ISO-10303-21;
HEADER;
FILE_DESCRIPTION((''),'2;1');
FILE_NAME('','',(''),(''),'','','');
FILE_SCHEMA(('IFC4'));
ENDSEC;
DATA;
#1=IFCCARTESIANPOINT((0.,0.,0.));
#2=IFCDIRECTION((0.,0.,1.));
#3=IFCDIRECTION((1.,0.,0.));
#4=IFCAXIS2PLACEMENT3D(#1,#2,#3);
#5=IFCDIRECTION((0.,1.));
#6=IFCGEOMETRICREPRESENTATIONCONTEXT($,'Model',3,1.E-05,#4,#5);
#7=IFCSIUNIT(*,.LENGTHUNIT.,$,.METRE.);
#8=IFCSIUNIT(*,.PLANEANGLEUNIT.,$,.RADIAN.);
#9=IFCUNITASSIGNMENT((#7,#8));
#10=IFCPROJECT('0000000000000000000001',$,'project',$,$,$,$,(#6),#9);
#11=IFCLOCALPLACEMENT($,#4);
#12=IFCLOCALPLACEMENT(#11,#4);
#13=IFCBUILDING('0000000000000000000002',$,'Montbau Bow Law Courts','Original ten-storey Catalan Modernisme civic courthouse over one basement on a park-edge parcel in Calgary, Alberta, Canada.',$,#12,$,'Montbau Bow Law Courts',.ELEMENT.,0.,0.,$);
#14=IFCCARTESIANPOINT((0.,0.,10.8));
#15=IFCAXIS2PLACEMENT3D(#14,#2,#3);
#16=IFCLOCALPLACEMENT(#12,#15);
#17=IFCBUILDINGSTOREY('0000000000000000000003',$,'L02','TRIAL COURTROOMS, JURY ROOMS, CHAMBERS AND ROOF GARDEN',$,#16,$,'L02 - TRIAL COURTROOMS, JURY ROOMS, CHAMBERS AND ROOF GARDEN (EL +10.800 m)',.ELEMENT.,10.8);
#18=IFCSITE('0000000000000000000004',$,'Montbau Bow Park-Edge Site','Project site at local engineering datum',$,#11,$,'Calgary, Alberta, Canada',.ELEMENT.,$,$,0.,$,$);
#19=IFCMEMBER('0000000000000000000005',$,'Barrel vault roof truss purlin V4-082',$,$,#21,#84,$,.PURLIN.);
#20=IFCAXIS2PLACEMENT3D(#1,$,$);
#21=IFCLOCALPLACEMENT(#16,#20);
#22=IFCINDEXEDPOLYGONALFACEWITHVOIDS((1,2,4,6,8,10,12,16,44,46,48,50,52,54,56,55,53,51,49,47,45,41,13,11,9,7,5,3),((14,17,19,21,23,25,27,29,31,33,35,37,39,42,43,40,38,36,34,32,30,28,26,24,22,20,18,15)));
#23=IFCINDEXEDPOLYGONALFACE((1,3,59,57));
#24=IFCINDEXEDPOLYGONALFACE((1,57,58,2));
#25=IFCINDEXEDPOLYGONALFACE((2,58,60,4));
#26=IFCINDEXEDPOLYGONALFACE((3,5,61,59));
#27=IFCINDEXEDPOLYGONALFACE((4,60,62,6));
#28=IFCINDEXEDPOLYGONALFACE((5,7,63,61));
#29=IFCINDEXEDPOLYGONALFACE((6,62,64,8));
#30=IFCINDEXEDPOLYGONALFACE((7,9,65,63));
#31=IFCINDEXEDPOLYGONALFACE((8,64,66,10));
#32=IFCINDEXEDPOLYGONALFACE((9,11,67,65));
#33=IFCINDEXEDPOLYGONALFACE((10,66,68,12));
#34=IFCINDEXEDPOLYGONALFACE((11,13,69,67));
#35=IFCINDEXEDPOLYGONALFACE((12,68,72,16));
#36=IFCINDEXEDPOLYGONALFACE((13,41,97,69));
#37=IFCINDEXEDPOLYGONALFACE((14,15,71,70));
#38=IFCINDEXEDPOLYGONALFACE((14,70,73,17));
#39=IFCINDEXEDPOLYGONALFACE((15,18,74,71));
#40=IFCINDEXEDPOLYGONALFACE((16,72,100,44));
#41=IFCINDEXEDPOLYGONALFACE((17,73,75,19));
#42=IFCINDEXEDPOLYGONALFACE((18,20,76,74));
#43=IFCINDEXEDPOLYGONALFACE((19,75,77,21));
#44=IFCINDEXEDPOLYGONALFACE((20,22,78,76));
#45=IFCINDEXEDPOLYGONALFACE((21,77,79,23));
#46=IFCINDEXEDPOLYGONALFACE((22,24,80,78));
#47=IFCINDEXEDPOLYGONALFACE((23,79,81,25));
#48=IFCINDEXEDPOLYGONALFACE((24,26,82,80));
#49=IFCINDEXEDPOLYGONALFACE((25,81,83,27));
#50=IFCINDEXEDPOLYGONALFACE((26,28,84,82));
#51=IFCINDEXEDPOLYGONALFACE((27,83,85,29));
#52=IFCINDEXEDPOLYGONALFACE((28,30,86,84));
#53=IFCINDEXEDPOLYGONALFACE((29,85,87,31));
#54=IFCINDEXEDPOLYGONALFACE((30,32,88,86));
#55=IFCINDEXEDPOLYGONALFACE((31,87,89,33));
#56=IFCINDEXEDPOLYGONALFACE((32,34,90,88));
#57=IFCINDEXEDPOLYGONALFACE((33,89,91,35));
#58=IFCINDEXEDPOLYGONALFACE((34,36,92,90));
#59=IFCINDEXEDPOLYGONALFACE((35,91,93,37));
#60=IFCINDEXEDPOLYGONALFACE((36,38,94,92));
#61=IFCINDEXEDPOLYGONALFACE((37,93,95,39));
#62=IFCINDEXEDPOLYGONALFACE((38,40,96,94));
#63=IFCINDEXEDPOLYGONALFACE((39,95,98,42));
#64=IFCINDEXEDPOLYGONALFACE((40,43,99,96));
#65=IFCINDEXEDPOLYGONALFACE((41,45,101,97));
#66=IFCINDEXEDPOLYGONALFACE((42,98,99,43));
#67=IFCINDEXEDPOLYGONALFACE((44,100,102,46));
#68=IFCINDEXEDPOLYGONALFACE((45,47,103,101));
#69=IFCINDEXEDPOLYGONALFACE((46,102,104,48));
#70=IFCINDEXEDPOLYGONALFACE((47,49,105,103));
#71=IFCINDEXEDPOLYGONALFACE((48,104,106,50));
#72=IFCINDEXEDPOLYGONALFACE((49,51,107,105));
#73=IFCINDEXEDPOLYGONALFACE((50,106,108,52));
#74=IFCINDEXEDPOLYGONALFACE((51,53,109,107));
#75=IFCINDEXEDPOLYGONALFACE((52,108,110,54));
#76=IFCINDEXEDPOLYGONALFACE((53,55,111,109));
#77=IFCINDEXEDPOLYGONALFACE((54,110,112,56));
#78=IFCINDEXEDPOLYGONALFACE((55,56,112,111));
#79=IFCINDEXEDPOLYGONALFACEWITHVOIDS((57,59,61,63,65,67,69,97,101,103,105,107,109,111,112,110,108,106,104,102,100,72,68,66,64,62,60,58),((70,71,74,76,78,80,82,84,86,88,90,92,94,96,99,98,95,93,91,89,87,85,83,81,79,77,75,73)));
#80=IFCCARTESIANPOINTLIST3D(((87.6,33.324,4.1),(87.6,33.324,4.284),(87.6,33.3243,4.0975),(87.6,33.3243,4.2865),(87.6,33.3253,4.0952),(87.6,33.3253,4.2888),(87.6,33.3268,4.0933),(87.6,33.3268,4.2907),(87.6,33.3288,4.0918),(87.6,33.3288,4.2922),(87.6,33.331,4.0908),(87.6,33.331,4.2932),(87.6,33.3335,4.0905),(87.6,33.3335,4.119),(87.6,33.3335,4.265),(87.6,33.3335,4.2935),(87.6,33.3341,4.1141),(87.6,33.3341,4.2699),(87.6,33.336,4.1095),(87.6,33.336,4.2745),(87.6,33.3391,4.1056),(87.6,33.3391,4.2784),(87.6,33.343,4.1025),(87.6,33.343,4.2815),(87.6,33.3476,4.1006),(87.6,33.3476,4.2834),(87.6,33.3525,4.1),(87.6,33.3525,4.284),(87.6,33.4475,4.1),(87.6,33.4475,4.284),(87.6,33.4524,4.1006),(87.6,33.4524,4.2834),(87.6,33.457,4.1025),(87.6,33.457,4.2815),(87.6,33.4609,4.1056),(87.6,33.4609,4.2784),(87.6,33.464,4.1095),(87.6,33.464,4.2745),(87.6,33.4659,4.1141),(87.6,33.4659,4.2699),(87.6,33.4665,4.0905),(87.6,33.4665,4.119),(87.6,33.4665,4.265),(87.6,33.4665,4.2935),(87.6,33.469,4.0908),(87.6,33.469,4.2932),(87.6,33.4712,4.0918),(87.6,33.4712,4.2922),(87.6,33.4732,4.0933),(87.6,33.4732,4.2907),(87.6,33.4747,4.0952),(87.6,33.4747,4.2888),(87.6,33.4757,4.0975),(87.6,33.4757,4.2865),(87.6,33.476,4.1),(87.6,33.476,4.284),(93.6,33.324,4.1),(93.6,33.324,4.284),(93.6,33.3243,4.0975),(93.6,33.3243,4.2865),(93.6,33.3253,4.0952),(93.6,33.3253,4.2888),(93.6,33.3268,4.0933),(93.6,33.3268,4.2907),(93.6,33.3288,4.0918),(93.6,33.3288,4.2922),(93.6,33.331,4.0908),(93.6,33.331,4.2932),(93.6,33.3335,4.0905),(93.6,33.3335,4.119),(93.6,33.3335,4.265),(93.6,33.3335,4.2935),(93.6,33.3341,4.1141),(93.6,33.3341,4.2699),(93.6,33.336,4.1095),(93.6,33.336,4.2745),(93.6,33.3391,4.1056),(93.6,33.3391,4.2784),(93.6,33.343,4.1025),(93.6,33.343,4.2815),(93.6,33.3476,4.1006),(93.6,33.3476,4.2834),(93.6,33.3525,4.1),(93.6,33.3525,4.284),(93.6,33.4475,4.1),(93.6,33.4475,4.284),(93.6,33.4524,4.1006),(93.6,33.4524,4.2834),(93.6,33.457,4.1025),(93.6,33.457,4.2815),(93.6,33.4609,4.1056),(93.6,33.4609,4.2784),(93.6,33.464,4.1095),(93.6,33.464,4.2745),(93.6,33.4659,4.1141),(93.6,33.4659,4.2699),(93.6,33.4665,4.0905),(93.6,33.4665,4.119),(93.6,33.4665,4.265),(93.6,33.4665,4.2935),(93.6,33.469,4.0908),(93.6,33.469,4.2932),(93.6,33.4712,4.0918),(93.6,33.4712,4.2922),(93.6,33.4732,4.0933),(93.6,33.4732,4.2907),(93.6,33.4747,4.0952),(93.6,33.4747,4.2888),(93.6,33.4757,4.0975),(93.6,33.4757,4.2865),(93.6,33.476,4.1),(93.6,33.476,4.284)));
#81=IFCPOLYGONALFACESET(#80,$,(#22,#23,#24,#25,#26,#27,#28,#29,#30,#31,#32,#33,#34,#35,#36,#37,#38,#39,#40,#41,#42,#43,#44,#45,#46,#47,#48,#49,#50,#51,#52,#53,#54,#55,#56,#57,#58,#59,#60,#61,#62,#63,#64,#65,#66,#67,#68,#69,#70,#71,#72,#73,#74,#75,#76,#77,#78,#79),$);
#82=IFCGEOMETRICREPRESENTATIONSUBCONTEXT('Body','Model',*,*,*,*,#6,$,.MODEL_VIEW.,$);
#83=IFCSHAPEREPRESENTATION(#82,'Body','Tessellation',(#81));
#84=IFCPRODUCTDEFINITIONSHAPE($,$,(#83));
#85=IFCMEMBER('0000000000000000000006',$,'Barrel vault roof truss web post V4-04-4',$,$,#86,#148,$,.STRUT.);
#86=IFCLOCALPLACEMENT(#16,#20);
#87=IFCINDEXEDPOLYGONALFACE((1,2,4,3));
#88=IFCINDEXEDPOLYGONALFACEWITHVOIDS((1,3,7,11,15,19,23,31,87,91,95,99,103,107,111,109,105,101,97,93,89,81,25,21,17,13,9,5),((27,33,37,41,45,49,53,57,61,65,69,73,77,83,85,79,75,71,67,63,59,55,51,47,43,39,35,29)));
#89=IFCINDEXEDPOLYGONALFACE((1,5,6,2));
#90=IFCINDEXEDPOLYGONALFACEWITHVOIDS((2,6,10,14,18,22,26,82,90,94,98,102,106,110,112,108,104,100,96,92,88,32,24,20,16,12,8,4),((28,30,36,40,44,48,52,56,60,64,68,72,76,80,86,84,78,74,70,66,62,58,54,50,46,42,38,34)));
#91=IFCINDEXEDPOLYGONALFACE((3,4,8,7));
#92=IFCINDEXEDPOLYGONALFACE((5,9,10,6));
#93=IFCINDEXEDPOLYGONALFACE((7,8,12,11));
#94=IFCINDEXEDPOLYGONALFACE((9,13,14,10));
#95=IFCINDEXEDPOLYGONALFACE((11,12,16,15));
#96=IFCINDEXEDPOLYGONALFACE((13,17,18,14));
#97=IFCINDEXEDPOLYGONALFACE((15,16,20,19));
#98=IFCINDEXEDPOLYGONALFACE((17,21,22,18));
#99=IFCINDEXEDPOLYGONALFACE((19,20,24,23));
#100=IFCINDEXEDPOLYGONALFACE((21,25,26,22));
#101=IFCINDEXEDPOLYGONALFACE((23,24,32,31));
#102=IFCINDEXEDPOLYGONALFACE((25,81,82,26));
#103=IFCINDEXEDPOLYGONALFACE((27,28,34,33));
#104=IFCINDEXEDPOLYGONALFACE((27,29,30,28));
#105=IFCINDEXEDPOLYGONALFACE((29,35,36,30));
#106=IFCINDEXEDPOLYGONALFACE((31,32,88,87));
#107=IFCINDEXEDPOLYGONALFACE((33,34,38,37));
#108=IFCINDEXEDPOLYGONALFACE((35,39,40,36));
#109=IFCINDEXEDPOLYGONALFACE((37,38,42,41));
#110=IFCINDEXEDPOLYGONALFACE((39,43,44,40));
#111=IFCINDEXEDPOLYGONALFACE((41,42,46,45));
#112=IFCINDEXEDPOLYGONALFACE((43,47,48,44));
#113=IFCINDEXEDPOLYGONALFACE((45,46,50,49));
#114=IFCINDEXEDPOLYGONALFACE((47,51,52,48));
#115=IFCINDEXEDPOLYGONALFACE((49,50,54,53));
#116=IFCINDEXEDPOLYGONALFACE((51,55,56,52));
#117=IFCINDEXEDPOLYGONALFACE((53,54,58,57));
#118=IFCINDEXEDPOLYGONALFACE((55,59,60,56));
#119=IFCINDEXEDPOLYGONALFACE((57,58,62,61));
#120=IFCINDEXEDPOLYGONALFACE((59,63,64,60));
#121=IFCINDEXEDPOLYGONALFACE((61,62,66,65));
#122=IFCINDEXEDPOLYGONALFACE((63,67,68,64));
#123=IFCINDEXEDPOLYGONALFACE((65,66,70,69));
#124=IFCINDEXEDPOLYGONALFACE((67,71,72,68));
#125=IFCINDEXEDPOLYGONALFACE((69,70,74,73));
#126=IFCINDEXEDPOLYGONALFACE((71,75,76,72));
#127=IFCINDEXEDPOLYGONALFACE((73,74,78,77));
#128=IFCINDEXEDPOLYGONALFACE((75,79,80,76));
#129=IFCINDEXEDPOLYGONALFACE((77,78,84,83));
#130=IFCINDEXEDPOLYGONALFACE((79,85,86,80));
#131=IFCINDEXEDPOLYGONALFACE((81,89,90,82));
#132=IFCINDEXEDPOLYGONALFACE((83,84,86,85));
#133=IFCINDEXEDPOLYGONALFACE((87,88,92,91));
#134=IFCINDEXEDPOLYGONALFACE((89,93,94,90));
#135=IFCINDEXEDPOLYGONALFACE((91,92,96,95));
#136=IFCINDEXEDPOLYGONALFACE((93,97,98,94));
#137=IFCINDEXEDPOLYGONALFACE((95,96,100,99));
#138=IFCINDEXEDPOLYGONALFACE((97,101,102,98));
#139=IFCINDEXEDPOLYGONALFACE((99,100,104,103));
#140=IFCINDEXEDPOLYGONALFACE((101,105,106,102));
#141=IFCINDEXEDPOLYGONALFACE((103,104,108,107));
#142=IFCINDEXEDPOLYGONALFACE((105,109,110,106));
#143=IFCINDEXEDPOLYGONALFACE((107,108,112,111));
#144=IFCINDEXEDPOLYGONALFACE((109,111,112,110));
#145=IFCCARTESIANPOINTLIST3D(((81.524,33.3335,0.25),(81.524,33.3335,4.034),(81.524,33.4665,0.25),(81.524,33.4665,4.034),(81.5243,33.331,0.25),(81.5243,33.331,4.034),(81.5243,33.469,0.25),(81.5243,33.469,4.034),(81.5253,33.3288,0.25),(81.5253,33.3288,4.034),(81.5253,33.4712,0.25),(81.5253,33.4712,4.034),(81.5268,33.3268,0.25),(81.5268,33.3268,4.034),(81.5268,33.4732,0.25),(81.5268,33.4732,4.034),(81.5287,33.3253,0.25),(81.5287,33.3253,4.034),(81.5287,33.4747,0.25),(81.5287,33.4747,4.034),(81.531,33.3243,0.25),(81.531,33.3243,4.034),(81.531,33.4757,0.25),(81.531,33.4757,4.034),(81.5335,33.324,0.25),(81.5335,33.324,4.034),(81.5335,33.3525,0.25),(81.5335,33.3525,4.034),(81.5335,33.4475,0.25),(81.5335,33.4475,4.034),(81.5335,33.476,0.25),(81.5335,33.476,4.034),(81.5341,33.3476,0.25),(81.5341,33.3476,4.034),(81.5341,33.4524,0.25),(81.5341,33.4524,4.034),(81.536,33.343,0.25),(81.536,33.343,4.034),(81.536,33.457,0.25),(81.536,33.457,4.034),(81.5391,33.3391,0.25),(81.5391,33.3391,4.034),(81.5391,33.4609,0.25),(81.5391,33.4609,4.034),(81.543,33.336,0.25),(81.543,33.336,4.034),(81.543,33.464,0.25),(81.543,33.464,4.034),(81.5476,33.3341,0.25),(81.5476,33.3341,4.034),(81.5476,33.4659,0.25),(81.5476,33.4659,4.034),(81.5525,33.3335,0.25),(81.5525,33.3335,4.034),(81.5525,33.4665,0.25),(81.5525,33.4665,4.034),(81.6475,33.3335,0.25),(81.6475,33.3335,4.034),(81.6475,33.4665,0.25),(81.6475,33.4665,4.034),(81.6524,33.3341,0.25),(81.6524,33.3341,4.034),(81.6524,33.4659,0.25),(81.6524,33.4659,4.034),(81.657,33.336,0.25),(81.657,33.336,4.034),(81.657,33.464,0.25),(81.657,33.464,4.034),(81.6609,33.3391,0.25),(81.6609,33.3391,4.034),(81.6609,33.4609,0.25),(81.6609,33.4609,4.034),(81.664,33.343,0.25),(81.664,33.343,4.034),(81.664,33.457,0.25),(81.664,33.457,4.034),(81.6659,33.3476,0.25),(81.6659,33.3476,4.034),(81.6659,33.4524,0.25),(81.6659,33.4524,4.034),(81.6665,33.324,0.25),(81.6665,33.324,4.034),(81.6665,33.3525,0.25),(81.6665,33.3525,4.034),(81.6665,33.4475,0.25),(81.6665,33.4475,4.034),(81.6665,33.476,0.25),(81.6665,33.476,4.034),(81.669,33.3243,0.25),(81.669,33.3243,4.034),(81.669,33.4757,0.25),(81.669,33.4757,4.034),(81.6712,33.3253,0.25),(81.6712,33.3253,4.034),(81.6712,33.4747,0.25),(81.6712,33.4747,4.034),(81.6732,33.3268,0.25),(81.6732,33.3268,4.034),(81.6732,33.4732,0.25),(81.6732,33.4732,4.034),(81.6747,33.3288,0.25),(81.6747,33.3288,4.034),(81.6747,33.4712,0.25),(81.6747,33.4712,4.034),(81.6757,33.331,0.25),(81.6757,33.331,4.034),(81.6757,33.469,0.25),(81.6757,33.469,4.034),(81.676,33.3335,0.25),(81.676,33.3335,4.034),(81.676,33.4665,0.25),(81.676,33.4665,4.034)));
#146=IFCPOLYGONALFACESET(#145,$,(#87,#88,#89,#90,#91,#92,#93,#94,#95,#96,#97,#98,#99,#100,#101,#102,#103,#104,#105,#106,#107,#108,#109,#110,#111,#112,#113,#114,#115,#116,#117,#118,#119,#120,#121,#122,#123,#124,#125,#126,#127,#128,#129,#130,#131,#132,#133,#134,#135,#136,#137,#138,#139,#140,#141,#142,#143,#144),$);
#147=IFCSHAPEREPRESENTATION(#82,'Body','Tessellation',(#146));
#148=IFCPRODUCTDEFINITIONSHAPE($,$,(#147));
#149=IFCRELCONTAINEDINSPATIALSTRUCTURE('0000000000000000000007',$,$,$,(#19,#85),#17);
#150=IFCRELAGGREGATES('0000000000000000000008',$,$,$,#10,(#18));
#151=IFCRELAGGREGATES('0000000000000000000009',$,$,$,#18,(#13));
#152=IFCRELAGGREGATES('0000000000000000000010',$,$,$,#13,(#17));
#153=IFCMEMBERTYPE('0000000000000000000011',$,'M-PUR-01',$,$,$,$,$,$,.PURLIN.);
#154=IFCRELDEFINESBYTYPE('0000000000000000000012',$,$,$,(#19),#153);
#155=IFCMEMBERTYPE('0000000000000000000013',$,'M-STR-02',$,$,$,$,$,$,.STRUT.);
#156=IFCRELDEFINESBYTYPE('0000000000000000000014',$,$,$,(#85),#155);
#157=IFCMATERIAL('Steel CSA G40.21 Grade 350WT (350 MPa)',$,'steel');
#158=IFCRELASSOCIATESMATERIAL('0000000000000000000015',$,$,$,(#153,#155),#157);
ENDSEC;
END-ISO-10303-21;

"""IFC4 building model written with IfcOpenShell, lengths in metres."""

from ifc_helpers import new_model, si_unit, direction, frame, origin_with_axes, origin_2d_with_axis, place, context, subcontext, project, spatial, hollow_rectangle, extrude, material, material_profile, profile_set, type_object, element, save


model = new_model("IFC4")

# Units and contexts
model_context = context("Model", 3, precision=1e-05, world=origin_with_axes(), true_north=direction((0.0, 1.0)))
body_context = subcontext(model_context, "Body", "Model", "MODEL_VIEW")
ifc_project = project(units=[si_unit("LENGTHUNIT", "METRE"), si_unit("PLANEANGLEUNIT", "RADIAN")], contexts=[model_context])

# Site, building, storey
site_placement = place(None, origin_with_axes())
site = spatial("IfcSite", under=ifc_project, at=site_placement, Name="Montbau Bow Park-Edge Site", Description="Project site at local engineering datum", LongName="Calgary, Alberta, Canada", CompositionType="ELEMENT", RefElevation=0.0)
building_placement = place(site_placement, origin_with_axes())
building = spatial("IfcBuilding", under=site, at=building_placement, Name="Montbau Bow Law Courts", Description="Original ten-storey Catalan Modernisme civic courthouse over one basement on a park-edge parcel in Calgary, Alberta, Canada.", LongName="Montbau Bow Law Courts", CompositionType="ELEMENT", ElevationOfRefHeight=0.0, ElevationOfTerrain=0.0)
storey_placement = place(building_placement, frame((0.0, 0.0, 10.8), z_axis=(0.0, 0.0, 1.0), x_axis=(1.0, 0.0, 0.0)))
storey = spatial("IfcBuildingStorey", under=building, at=storey_placement, Name="L02", Description="TRIAL COURTROOMS, JURY ROOMS, CHAMBERS AND ROOF GARDEN", LongName="L02 - TRIAL COURTROOMS, JURY ROOMS, CHAMBERS AND ROOF GARDEN (EL +10.800 m)", CompositionType="ELEMENT", Elevation=10.8)

# Shared definitions
ifc_material_1 = material(Name="Steel CSA G40.21 Grade 350WT (350 MPa)", Category="steel")

# Members
ifc_material_profile_1 = material_profile(ifc_material_1, hollow_rectangle(XDim=0.152, YDim=0.203, WallThickness=0.0095, InnerFilletRadius=0.019, OuterFilletRadius=0.0095, at=origin_2d_with_axis()), Name="HSS203X152X9.5", Category="Main", Priority=0)
ifc_profile_set_1 = profile_set([ifc_material_profile_1], Name="Steel CSA G40.21 Grade 350WT (350 MPa)")
member_type_1 = type_object("IfcMemberType", Name="M-PUR-01", PredefinedType="PURLIN", material=ifc_profile_set_1)
for number, where, z_axis, x_axis, name in (
    (1, (87.6, 33.4, 14.992), (1.0, 0.0, 0.0), (0.0, 1.0, 0.0), "Barrel vault roof truss purlin V4-082"),
):
    element("IfcMember", number, at=place(None, frame(where, z_axis=z_axis, x_axis=x_axis)), inside=storey, type_object=member_type_1, Name=name, PredefinedType="PURLIN", context=body_context, shape_type="SweptSolid", body=[
        extrude(hollow_rectangle(XDim=0.152, YDim=0.203, WallThickness=0.0095, InnerFilletRadius=0.019, OuterFilletRadius=0.0095, at=origin_2d_with_axis()), origin_with_axes(), (0.0, 0.0, 1.0), 6.0),
    ])
ifc_material_profile_2 = material_profile(ifc_material_1, hollow_rectangle(XDim=0.152, YDim=0.152, WallThickness=0.0095, InnerFilletRadius=0.019, OuterFilletRadius=0.0095, at=origin_2d_with_axis()), Name="HSS152X152X9.5", Category="Main", Priority=0)
ifc_profile_set_2 = profile_set([ifc_material_profile_2], Name="Steel CSA G40.21 Grade 350WT (350 MPa)")
member_type_2 = type_object("IfcMemberType", Name="M-STR-02", PredefinedType="STRUT", material=ifc_profile_set_2)
member_1_placement = place(None, frame((81.6, 33.4, 11.05), z_axis=(0.0, 0.0, 1.0), x_axis=(1.0, 0.0, 0.0)))
element("IfcMember", 2, at=member_1_placement, inside=storey, type_object=member_type_2, Name="Barrel vault roof truss web post V4-04-4", PredefinedType="STRUT", context=body_context, shape_type="SweptSolid", body=[
    extrude(hollow_rectangle(XDim=0.152, YDim=0.152, WallThickness=0.0095, InnerFilletRadius=0.019, OuterFilletRadius=0.0095, at=origin_2d_with_axis()), origin_with_axes(), (0.0, 0.0, 1.0), 3.784),
])

save(model, "model.ifc")
